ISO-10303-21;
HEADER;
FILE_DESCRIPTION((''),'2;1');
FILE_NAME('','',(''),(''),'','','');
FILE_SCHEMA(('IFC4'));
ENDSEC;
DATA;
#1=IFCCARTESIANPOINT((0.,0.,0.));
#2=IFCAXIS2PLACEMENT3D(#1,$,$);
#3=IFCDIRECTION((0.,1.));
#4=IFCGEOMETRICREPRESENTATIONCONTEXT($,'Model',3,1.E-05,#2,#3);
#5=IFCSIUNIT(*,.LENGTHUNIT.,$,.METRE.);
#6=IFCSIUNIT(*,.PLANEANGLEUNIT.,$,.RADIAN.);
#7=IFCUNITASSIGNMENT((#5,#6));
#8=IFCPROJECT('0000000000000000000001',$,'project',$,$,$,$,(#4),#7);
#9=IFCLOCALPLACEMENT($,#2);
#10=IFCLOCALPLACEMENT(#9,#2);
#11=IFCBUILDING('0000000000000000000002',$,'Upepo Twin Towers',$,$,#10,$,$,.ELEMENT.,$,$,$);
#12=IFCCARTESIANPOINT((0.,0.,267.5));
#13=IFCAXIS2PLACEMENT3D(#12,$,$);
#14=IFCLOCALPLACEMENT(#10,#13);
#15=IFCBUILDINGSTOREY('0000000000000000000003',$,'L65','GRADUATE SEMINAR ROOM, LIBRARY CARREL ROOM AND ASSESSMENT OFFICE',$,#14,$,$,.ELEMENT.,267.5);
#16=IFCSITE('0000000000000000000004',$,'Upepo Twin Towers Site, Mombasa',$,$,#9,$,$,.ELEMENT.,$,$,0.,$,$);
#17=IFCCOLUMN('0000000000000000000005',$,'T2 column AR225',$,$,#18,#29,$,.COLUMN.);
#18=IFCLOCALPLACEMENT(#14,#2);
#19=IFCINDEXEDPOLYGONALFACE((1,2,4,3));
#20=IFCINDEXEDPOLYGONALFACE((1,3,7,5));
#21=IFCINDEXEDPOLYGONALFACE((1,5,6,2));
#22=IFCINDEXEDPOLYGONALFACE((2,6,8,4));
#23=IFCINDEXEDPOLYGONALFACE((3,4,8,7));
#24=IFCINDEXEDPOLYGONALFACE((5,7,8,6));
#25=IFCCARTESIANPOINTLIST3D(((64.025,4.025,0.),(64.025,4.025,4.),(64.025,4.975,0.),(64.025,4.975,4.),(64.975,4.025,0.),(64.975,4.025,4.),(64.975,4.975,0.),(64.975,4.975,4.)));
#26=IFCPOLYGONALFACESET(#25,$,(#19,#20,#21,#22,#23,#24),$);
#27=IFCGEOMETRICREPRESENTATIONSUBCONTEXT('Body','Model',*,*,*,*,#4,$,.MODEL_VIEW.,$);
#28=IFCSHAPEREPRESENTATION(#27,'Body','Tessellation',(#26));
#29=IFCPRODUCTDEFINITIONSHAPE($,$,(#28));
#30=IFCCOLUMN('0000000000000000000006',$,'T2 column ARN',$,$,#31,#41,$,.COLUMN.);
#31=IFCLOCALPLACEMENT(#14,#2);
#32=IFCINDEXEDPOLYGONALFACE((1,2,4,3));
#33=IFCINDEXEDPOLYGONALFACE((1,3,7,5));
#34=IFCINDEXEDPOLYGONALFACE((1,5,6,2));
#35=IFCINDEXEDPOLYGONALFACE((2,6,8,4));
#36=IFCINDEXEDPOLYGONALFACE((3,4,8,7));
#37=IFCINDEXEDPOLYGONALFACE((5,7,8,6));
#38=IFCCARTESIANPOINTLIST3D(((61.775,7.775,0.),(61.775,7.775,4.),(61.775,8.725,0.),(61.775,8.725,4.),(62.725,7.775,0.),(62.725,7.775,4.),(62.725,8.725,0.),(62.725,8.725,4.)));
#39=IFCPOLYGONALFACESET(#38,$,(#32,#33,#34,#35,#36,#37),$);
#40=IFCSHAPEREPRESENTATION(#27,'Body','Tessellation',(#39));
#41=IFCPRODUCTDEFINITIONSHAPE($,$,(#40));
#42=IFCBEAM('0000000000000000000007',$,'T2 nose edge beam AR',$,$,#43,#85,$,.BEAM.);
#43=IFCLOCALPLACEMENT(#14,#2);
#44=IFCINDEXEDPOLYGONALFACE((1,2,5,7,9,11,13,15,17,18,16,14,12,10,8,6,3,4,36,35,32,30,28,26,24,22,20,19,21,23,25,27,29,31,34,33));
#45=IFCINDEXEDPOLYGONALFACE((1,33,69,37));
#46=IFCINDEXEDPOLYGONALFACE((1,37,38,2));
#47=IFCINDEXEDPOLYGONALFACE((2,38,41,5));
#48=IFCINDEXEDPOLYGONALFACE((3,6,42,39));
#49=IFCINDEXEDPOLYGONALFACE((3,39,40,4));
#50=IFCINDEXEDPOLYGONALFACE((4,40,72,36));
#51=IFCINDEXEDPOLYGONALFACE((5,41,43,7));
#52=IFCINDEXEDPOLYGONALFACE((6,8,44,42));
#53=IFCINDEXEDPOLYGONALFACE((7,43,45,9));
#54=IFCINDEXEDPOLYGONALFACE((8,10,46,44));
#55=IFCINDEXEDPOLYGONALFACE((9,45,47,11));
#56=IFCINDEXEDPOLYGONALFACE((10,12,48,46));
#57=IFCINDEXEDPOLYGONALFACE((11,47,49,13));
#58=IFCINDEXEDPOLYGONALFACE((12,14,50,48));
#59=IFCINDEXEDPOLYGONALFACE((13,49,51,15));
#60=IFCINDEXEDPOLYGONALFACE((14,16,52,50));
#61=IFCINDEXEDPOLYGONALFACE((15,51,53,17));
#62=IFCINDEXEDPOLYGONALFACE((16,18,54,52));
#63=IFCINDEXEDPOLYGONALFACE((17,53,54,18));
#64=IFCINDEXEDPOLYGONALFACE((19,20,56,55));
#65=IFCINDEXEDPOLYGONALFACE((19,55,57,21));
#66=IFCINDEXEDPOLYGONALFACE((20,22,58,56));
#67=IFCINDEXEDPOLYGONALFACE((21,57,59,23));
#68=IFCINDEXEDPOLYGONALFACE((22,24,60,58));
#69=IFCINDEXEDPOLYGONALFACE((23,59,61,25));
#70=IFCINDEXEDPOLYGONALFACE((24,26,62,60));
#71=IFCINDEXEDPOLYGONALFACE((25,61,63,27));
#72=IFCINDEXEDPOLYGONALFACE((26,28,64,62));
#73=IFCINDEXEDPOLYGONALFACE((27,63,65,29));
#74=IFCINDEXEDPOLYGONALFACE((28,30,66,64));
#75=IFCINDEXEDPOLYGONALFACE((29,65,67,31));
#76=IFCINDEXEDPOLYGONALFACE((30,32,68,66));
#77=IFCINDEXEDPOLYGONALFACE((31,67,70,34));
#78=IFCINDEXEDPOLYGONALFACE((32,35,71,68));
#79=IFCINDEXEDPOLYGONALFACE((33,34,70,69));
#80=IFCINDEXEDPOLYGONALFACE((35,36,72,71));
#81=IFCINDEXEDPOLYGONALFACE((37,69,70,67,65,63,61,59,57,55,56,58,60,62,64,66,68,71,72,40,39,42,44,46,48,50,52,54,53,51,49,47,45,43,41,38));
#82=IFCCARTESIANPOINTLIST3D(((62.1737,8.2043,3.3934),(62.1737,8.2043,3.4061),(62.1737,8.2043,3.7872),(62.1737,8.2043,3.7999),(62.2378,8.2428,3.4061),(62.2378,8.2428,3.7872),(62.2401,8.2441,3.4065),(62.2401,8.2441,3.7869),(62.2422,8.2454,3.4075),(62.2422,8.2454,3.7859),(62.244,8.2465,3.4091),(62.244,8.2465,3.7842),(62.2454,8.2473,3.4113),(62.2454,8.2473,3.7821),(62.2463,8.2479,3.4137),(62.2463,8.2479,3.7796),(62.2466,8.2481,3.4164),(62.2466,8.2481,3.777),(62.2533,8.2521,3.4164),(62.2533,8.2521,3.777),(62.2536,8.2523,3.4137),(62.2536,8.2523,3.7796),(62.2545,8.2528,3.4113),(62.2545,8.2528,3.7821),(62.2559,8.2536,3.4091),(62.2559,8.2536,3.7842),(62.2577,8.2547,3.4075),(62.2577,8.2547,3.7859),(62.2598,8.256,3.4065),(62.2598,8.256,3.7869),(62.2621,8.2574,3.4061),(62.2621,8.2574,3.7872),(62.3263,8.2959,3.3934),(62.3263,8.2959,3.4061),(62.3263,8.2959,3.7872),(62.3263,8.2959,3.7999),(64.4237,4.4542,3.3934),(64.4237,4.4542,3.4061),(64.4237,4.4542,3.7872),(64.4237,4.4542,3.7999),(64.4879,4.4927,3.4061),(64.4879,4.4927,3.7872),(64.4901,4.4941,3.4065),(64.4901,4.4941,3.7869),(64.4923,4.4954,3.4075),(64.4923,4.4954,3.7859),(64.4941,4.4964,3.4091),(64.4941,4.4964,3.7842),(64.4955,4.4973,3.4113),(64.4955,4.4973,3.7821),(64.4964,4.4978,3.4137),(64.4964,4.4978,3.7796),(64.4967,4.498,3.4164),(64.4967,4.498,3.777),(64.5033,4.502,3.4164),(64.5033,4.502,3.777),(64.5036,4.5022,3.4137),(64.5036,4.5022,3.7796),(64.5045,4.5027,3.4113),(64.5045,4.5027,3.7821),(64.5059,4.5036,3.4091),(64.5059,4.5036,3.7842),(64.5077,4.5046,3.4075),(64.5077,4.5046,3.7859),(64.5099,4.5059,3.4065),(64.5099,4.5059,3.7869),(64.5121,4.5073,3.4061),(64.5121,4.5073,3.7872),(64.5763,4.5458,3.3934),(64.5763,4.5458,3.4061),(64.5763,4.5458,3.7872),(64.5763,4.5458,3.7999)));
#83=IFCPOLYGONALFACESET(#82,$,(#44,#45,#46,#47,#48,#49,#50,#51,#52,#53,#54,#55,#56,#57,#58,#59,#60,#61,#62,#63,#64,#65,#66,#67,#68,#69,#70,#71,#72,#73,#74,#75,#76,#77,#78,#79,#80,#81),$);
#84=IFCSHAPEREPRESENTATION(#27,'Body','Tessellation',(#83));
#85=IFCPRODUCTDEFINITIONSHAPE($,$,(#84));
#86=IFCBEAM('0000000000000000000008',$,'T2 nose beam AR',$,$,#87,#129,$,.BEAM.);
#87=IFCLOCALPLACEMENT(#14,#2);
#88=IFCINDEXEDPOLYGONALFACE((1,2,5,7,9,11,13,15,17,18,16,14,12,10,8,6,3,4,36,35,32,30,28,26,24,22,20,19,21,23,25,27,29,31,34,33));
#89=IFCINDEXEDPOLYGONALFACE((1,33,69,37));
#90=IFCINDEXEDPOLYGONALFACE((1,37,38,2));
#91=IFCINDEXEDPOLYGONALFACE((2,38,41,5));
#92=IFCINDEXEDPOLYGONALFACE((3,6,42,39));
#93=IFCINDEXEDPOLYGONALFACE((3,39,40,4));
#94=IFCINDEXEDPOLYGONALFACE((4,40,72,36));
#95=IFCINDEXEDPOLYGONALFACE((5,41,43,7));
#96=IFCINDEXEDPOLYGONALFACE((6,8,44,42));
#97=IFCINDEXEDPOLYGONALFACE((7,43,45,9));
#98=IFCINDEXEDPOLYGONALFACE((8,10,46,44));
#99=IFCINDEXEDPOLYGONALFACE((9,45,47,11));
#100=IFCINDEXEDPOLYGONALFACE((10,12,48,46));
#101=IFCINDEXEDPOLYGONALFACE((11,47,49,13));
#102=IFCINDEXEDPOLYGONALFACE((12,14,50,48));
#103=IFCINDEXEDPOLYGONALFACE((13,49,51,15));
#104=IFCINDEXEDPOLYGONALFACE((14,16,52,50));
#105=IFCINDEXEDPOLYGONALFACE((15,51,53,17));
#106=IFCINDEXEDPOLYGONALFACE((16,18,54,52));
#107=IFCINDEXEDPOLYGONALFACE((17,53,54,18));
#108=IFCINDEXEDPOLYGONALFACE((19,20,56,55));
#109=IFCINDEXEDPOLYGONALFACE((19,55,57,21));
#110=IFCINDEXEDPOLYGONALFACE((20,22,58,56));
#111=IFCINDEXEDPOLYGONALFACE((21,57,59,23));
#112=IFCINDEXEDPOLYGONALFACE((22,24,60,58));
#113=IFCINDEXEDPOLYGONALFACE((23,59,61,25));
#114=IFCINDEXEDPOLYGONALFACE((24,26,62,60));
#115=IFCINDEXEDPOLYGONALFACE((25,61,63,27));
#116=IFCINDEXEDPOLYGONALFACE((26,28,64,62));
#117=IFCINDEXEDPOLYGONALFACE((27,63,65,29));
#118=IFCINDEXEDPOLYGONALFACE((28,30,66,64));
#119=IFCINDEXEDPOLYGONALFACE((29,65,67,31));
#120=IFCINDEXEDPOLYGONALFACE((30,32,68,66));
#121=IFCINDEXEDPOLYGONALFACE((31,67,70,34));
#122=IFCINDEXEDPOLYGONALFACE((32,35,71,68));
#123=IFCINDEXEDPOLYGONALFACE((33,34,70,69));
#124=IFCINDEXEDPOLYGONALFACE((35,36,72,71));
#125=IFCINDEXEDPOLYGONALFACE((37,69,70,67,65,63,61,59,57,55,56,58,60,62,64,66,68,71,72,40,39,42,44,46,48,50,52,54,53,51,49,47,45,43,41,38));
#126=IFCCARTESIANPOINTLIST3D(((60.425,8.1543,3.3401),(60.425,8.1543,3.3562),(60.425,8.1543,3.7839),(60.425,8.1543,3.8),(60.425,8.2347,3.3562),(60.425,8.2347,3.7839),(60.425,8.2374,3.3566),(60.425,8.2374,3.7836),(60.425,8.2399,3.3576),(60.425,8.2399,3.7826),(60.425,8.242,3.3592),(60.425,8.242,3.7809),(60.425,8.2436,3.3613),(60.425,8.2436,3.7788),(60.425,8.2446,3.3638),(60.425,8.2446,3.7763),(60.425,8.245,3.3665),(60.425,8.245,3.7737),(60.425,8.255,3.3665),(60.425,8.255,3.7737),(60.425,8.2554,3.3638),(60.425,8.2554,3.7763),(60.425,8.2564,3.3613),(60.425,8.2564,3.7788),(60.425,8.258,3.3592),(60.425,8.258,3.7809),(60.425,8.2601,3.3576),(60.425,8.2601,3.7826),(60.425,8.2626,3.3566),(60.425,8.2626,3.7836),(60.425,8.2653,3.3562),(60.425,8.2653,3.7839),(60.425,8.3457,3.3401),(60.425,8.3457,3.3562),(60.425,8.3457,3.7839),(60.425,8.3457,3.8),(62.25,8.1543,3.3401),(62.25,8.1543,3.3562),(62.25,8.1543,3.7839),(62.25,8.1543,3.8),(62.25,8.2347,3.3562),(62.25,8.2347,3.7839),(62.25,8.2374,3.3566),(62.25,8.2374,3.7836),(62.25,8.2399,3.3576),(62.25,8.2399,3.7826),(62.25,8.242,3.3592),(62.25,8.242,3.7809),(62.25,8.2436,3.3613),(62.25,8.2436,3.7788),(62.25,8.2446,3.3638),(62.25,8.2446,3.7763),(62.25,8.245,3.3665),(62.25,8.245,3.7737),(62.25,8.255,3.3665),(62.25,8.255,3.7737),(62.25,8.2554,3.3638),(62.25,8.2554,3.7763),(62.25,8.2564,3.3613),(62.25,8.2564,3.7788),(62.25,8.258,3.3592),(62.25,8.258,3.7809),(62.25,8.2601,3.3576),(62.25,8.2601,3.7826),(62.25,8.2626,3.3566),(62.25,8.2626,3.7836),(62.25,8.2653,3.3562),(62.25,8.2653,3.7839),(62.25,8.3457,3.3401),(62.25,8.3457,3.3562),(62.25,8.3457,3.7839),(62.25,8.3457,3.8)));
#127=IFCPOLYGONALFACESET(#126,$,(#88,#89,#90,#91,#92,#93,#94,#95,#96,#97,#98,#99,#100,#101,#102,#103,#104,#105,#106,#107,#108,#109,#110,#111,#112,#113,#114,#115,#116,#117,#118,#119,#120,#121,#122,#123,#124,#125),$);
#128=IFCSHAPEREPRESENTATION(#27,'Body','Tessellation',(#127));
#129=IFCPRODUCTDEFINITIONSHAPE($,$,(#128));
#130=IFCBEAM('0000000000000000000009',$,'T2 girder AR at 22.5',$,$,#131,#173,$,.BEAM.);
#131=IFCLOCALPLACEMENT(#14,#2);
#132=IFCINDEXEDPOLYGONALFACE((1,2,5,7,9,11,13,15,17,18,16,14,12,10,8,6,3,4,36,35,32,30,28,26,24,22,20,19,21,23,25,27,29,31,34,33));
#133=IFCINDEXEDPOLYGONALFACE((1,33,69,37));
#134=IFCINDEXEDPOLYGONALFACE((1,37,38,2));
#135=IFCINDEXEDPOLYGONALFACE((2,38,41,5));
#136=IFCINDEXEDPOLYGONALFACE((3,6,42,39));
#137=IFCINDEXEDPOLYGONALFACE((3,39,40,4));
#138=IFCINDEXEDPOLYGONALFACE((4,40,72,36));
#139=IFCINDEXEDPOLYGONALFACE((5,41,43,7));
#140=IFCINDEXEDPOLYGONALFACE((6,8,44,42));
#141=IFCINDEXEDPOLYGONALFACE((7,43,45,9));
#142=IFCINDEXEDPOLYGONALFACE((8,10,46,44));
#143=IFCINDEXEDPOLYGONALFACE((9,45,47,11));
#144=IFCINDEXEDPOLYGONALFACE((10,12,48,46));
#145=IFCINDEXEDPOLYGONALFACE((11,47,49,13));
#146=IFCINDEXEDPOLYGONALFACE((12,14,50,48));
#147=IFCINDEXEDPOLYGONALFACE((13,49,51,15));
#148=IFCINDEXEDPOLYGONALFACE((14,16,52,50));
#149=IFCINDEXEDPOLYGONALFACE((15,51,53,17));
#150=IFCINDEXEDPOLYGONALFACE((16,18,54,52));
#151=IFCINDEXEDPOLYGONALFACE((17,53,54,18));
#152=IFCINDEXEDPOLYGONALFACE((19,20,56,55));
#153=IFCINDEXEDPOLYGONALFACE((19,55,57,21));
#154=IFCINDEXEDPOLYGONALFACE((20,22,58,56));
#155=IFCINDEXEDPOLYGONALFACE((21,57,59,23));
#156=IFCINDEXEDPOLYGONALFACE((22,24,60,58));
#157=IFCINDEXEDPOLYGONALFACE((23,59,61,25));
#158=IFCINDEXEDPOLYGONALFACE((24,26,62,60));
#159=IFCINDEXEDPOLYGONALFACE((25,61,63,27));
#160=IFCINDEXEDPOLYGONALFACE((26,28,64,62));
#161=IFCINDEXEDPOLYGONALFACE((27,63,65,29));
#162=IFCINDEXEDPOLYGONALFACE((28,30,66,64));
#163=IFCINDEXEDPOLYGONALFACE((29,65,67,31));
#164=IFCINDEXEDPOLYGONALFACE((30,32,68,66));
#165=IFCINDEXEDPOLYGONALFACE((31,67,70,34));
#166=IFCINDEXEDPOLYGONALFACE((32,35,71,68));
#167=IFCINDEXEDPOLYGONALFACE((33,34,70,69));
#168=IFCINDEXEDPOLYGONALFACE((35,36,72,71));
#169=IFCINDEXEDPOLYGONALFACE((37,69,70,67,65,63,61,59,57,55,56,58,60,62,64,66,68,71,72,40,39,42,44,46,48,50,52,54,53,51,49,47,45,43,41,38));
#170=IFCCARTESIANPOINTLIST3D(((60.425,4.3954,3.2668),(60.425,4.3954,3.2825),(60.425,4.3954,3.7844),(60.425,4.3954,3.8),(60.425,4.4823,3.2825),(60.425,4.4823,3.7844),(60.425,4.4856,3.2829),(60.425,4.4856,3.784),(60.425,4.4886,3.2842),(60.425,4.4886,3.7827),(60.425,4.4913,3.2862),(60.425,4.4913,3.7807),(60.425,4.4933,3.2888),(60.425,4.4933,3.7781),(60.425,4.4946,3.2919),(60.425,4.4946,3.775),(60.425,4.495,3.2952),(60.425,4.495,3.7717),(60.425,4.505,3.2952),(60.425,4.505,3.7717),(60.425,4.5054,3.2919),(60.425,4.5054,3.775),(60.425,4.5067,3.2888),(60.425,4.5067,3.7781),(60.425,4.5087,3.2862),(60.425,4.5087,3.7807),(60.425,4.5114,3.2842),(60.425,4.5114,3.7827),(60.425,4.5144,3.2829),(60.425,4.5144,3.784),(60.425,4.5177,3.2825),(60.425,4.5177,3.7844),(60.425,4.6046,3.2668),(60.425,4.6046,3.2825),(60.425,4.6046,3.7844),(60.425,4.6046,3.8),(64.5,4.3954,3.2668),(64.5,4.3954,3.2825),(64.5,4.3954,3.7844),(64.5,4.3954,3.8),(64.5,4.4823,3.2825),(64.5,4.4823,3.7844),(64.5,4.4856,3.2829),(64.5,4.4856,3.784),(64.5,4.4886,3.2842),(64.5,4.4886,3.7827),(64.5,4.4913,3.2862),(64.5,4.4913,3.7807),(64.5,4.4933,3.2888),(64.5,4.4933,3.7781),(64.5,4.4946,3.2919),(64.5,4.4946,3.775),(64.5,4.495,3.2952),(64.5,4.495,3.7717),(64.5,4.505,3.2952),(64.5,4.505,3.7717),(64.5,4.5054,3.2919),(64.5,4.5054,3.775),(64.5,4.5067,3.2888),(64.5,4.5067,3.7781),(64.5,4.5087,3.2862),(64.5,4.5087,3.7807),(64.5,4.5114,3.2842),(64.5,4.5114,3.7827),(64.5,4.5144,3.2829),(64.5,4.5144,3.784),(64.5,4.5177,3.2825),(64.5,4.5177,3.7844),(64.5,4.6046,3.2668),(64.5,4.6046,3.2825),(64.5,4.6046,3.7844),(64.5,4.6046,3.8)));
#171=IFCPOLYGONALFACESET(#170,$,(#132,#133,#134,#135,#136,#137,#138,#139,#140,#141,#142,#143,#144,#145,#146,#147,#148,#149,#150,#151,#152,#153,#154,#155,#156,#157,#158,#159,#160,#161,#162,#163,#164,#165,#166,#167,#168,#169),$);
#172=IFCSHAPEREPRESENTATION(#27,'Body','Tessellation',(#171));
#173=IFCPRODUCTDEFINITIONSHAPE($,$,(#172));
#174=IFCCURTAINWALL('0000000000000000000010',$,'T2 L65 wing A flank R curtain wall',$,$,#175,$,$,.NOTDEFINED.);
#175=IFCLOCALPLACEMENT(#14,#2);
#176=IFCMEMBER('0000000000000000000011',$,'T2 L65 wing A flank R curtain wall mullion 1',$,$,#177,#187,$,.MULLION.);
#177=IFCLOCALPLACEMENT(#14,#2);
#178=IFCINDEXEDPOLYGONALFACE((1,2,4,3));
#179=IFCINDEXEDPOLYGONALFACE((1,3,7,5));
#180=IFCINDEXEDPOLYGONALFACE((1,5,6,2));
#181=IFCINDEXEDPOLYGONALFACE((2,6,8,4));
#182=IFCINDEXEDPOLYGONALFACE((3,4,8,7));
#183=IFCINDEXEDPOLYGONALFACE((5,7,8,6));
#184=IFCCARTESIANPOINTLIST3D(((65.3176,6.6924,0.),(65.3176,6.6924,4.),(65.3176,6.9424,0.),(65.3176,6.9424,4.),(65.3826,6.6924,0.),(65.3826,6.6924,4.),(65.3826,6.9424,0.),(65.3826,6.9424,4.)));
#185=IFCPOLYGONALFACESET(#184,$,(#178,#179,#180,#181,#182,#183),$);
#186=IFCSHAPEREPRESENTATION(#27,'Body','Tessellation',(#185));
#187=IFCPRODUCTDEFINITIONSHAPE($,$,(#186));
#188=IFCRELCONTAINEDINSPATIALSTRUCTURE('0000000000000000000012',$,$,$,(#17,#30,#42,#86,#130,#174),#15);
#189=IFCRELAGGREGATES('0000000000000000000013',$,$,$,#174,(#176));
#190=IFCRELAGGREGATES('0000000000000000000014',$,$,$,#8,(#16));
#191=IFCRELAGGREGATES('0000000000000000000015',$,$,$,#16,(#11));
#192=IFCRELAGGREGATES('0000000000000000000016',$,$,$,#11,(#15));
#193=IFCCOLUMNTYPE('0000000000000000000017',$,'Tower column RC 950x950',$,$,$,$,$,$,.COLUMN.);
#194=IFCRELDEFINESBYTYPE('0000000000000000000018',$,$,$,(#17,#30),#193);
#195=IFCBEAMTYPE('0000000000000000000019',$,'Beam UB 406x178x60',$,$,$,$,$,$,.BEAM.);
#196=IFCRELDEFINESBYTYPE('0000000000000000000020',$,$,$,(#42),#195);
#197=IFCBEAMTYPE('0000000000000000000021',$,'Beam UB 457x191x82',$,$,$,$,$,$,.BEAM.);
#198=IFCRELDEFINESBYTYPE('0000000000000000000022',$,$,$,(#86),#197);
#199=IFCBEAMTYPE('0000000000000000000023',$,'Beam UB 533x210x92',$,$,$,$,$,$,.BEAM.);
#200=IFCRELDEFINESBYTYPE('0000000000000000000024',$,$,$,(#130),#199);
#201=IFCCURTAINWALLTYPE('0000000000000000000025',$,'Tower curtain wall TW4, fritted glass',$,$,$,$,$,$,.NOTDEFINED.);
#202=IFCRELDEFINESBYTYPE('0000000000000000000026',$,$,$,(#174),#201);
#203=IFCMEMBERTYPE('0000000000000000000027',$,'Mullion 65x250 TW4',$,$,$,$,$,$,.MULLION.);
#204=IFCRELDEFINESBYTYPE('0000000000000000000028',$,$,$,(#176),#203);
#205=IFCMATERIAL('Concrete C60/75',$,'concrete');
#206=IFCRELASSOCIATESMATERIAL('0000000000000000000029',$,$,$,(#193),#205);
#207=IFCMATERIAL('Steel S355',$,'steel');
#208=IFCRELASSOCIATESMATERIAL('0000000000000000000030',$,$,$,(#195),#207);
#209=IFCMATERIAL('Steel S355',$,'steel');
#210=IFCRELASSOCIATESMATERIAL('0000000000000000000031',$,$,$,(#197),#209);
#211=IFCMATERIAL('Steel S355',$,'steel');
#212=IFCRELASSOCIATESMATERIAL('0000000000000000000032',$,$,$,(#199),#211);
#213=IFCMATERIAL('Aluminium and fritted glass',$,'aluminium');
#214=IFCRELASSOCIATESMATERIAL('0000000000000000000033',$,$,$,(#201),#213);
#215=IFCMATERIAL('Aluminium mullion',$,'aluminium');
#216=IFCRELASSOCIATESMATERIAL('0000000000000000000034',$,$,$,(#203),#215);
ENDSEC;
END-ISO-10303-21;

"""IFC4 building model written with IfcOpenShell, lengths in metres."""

from ifc_helpers import new_model, si_unit, direction, frame, origin, origin_2d, place, context, subcontext, project, spatial, rectangle, i_section, extrude, material, material_profile, profile_set, type_object, element, aggregate, save


model = new_model("IFC4")

# Units and contexts
model_context = context("Model", 3, precision=1e-05, world=origin(), true_north=direction((0.0, 1.0)))
body_context = subcontext(model_context, "Body", "Model", "MODEL_VIEW")
ifc_project = project(units=[si_unit("LENGTHUNIT", "METRE"), si_unit("PLANEANGLEUNIT", "RADIAN")], contexts=[model_context])

# Site, building, storey
site_placement = place(None, origin())
site = spatial("IfcSite", under=ifc_project, at=site_placement, Name="Upepo Twin Towers Site, Mombasa", CompositionType="ELEMENT", RefElevation=0.0)
building_placement = place(site_placement, origin())
building = spatial("IfcBuilding", under=site, at=building_placement, Name="Upepo Twin Towers", CompositionType="ELEMENT")
storey_placement = place(building_placement, frame((0.0, 0.0, 267.5)))
storey = spatial("IfcBuildingStorey", under=building, at=storey_placement, Name="L65", Description="GRADUATE SEMINAR ROOM, LIBRARY CARREL ROOM AND ASSESSMENT OFFICE", CompositionType="ELEMENT", Elevation=267.5)

# Columns
ifc_material_1 = material(Name="Concrete C60/75", Category="concrete")
ifc_material_profile_1 = material_profile(ifc_material_1, rectangle(XDim=0.95, YDim=0.95, at=origin_2d()), Name="RC 950x950")
ifc_profile_set_1 = profile_set([ifc_material_profile_1], Name="Concrete C60/75")
column_type = type_object("IfcColumnType", Name="Tower column RC 950x950", PredefinedType="COLUMN", material=ifc_profile_set_1)
for number, where, z_axis, x_axis, name in (
    (1, (64.5, 4.5, 0.0), (0.0, 0.0, 1.0), (1.0, 0.0, 0.0), "T2 column AR225"),
    (2, (62.25, 8.25, 0.0), (0.0, 0.0, 1.0), (1.0, 0.0, 0.0), "T2 column ARN"),
):
    element("IfcColumn", number, at=place(storey_placement, frame(where, z_axis=z_axis, x_axis=x_axis)), inside=storey, type_object=column_type, Name=name, PredefinedType="COLUMN", context=body_context, shape_type="SweptSolid", body=[
        extrude(rectangle(XDim=0.95, YDim=0.95, at=origin_2d()), origin(), (0.0, 0.0, 1.0), 4.0),
    ])

# Beams
ifc_material_2 = material(Name="Steel S355", Category="steel")
ifc_material_profile_2 = material_profile(ifc_material_2, i_section(OverallWidth=0.178, OverallDepth=0.4065, WebThickness=0.0078, FlangeThickness=0.0127, FilletRadius=0.0103, at=origin_2d()), Name="UB 406x178x60")
ifc_profile_set_2 = profile_set([ifc_material_profile_2], Name="Steel S355")
beam_type_1 = type_object("IfcBeamType", Name="Beam UB 406x178x60", PredefinedType="BEAM", material=ifc_profile_set_2)
beam_1_placement = place(storey_placement, frame((64.5, 4.5, 3.5967), z_axis=(-0.514496, 0.857493, 0.0), x_axis=(-0.857493, -0.514496, 0.0)))
element("IfcBeam", 3, at=beam_1_placement, inside=storey, type_object=beam_type_1, Name="T2 nose edge beam AR", PredefinedType="BEAM", context=body_context, shape_type="SweptSolid", body=[
    extrude(i_section(OverallWidth=0.178, OverallDepth=0.4065, WebThickness=0.0078, FlangeThickness=0.0127, FilletRadius=0.0103, at=origin_2d()), origin(), (0.0, 0.0, 1.0), 4.3733),
])
ifc_material_3 = material(Name="Steel S355", Category="steel")
ifc_material_profile_3 = material_profile(ifc_material_3, i_section(OverallWidth=0.1914, OverallDepth=0.46, WebThickness=0.01, FlangeThickness=0.0161, FilletRadius=0.0103, at=origin_2d()), Name="UB 457x191x82")
ifc_profile_set_3 = profile_set([ifc_material_profile_3], Name="Steel S355")
beam_type_2 = type_object("IfcBeamType", Name="Beam UB 457x191x82", PredefinedType="BEAM", material=ifc_profile_set_3)
beam_2_placement = place(storey_placement, frame((62.25, 8.25, 3.5701), z_axis=(-1.0, 0.0, 0.0), x_axis=(0.0, -1.0, 0.0)))
element("IfcBeam", 4, at=beam_2_placement, inside=storey, type_object=beam_type_2, Name="T2 nose beam AR", PredefinedType="BEAM", context=body_context, shape_type="SweptSolid", body=[
    extrude(i_section(OverallWidth=0.1914, OverallDepth=0.46, WebThickness=0.01, FlangeThickness=0.0161, FilletRadius=0.0103, at=origin_2d()), origin(), (0.0, 0.0, 1.0), 1.825),
])
ifc_material_4 = material(Name="Steel S355", Category="steel")
ifc_material_profile_4 = material_profile(ifc_material_4, i_section(OverallWidth=0.2092, OverallDepth=0.5332, WebThickness=0.01, FlangeThickness=0.0156, FilletRadius=0.0127, at=origin_2d()), Name="UB 533x210x92")
ifc_profile_set_4 = profile_set([ifc_material_profile_4], Name="Steel S355")
beam_type_3 = type_object("IfcBeamType", Name="Beam UB 533x210x92", PredefinedType="BEAM", material=ifc_profile_set_4)
beam_3_placement = place(storey_placement, frame((64.5, 4.5, 3.5334), z_axis=(-1.0, 0.0, 0.0), x_axis=(0.0, -1.0, 0.0)))
element("IfcBeam", 5, at=beam_3_placement, inside=storey, type_object=beam_type_3, Name="T2 girder AR at 22.5", PredefinedType="BEAM", context=body_context, shape_type="SweptSolid", body=[
    extrude(i_section(OverallWidth=0.2092, OverallDepth=0.5332, WebThickness=0.01, FlangeThickness=0.0156, FilletRadius=0.0127, at=origin_2d()), origin(), (0.0, 0.0, 1.0), 4.075),
])

# Curtain wall, member
ifc_material_5 = material(Name="Aluminium and fritted glass", Category="aluminium")
curtain_wall_type = type_object("IfcCurtainWallType", Name="Tower curtain wall TW4, fritted glass", PredefinedType="NOTDEFINED", material=ifc_material_5)
curtain_wall_1_placement = place(storey_placement, origin())
curtain_wall_1 = element("IfcCurtainWall", 6, at=curtain_wall_1_placement, inside=storey, type_object=curtain_wall_type, Name="T2 L65 wing A flank R curtain wall", PredefinedType="NOTDEFINED")
ifc_material_6 = material(Name="Aluminium mullion", Category="aluminium")
ifc_material_profile_5 = material_profile(ifc_material_6, rectangle(XDim=0.0649, YDim=0.25, at=origin_2d()), Name="MULLION 65x250")
ifc_profile_set_5 = profile_set([ifc_material_profile_5], Name="Aluminium mullion")
member_type_1 = type_object("IfcMemberType", Name="Mullion 65x250 TW4", PredefinedType="MULLION", material=ifc_profile_set_5)
member_1_placement = place(storey_placement, frame((65.3501, 6.8174, 0.0), z_axis=(0.0, 0.0, 1.0), x_axis=(1.0, 0.0, 0.0)))
member_1 = element("IfcMember", 7, at=member_1_placement, type_object=member_type_1, Name="T2 L65 wing A flank R curtain wall mullion 1", PredefinedType="MULLION", context=body_context, shape_type="SweptSolid", body=[
    extrude(rectangle(XDim=0.0649, YDim=0.25, at=origin_2d()), origin(), (0.0, 0.0, 1.0), 4.0),
])

aggregate(curtain_wall_1, [member_1])

save(model, "model.ifc")
